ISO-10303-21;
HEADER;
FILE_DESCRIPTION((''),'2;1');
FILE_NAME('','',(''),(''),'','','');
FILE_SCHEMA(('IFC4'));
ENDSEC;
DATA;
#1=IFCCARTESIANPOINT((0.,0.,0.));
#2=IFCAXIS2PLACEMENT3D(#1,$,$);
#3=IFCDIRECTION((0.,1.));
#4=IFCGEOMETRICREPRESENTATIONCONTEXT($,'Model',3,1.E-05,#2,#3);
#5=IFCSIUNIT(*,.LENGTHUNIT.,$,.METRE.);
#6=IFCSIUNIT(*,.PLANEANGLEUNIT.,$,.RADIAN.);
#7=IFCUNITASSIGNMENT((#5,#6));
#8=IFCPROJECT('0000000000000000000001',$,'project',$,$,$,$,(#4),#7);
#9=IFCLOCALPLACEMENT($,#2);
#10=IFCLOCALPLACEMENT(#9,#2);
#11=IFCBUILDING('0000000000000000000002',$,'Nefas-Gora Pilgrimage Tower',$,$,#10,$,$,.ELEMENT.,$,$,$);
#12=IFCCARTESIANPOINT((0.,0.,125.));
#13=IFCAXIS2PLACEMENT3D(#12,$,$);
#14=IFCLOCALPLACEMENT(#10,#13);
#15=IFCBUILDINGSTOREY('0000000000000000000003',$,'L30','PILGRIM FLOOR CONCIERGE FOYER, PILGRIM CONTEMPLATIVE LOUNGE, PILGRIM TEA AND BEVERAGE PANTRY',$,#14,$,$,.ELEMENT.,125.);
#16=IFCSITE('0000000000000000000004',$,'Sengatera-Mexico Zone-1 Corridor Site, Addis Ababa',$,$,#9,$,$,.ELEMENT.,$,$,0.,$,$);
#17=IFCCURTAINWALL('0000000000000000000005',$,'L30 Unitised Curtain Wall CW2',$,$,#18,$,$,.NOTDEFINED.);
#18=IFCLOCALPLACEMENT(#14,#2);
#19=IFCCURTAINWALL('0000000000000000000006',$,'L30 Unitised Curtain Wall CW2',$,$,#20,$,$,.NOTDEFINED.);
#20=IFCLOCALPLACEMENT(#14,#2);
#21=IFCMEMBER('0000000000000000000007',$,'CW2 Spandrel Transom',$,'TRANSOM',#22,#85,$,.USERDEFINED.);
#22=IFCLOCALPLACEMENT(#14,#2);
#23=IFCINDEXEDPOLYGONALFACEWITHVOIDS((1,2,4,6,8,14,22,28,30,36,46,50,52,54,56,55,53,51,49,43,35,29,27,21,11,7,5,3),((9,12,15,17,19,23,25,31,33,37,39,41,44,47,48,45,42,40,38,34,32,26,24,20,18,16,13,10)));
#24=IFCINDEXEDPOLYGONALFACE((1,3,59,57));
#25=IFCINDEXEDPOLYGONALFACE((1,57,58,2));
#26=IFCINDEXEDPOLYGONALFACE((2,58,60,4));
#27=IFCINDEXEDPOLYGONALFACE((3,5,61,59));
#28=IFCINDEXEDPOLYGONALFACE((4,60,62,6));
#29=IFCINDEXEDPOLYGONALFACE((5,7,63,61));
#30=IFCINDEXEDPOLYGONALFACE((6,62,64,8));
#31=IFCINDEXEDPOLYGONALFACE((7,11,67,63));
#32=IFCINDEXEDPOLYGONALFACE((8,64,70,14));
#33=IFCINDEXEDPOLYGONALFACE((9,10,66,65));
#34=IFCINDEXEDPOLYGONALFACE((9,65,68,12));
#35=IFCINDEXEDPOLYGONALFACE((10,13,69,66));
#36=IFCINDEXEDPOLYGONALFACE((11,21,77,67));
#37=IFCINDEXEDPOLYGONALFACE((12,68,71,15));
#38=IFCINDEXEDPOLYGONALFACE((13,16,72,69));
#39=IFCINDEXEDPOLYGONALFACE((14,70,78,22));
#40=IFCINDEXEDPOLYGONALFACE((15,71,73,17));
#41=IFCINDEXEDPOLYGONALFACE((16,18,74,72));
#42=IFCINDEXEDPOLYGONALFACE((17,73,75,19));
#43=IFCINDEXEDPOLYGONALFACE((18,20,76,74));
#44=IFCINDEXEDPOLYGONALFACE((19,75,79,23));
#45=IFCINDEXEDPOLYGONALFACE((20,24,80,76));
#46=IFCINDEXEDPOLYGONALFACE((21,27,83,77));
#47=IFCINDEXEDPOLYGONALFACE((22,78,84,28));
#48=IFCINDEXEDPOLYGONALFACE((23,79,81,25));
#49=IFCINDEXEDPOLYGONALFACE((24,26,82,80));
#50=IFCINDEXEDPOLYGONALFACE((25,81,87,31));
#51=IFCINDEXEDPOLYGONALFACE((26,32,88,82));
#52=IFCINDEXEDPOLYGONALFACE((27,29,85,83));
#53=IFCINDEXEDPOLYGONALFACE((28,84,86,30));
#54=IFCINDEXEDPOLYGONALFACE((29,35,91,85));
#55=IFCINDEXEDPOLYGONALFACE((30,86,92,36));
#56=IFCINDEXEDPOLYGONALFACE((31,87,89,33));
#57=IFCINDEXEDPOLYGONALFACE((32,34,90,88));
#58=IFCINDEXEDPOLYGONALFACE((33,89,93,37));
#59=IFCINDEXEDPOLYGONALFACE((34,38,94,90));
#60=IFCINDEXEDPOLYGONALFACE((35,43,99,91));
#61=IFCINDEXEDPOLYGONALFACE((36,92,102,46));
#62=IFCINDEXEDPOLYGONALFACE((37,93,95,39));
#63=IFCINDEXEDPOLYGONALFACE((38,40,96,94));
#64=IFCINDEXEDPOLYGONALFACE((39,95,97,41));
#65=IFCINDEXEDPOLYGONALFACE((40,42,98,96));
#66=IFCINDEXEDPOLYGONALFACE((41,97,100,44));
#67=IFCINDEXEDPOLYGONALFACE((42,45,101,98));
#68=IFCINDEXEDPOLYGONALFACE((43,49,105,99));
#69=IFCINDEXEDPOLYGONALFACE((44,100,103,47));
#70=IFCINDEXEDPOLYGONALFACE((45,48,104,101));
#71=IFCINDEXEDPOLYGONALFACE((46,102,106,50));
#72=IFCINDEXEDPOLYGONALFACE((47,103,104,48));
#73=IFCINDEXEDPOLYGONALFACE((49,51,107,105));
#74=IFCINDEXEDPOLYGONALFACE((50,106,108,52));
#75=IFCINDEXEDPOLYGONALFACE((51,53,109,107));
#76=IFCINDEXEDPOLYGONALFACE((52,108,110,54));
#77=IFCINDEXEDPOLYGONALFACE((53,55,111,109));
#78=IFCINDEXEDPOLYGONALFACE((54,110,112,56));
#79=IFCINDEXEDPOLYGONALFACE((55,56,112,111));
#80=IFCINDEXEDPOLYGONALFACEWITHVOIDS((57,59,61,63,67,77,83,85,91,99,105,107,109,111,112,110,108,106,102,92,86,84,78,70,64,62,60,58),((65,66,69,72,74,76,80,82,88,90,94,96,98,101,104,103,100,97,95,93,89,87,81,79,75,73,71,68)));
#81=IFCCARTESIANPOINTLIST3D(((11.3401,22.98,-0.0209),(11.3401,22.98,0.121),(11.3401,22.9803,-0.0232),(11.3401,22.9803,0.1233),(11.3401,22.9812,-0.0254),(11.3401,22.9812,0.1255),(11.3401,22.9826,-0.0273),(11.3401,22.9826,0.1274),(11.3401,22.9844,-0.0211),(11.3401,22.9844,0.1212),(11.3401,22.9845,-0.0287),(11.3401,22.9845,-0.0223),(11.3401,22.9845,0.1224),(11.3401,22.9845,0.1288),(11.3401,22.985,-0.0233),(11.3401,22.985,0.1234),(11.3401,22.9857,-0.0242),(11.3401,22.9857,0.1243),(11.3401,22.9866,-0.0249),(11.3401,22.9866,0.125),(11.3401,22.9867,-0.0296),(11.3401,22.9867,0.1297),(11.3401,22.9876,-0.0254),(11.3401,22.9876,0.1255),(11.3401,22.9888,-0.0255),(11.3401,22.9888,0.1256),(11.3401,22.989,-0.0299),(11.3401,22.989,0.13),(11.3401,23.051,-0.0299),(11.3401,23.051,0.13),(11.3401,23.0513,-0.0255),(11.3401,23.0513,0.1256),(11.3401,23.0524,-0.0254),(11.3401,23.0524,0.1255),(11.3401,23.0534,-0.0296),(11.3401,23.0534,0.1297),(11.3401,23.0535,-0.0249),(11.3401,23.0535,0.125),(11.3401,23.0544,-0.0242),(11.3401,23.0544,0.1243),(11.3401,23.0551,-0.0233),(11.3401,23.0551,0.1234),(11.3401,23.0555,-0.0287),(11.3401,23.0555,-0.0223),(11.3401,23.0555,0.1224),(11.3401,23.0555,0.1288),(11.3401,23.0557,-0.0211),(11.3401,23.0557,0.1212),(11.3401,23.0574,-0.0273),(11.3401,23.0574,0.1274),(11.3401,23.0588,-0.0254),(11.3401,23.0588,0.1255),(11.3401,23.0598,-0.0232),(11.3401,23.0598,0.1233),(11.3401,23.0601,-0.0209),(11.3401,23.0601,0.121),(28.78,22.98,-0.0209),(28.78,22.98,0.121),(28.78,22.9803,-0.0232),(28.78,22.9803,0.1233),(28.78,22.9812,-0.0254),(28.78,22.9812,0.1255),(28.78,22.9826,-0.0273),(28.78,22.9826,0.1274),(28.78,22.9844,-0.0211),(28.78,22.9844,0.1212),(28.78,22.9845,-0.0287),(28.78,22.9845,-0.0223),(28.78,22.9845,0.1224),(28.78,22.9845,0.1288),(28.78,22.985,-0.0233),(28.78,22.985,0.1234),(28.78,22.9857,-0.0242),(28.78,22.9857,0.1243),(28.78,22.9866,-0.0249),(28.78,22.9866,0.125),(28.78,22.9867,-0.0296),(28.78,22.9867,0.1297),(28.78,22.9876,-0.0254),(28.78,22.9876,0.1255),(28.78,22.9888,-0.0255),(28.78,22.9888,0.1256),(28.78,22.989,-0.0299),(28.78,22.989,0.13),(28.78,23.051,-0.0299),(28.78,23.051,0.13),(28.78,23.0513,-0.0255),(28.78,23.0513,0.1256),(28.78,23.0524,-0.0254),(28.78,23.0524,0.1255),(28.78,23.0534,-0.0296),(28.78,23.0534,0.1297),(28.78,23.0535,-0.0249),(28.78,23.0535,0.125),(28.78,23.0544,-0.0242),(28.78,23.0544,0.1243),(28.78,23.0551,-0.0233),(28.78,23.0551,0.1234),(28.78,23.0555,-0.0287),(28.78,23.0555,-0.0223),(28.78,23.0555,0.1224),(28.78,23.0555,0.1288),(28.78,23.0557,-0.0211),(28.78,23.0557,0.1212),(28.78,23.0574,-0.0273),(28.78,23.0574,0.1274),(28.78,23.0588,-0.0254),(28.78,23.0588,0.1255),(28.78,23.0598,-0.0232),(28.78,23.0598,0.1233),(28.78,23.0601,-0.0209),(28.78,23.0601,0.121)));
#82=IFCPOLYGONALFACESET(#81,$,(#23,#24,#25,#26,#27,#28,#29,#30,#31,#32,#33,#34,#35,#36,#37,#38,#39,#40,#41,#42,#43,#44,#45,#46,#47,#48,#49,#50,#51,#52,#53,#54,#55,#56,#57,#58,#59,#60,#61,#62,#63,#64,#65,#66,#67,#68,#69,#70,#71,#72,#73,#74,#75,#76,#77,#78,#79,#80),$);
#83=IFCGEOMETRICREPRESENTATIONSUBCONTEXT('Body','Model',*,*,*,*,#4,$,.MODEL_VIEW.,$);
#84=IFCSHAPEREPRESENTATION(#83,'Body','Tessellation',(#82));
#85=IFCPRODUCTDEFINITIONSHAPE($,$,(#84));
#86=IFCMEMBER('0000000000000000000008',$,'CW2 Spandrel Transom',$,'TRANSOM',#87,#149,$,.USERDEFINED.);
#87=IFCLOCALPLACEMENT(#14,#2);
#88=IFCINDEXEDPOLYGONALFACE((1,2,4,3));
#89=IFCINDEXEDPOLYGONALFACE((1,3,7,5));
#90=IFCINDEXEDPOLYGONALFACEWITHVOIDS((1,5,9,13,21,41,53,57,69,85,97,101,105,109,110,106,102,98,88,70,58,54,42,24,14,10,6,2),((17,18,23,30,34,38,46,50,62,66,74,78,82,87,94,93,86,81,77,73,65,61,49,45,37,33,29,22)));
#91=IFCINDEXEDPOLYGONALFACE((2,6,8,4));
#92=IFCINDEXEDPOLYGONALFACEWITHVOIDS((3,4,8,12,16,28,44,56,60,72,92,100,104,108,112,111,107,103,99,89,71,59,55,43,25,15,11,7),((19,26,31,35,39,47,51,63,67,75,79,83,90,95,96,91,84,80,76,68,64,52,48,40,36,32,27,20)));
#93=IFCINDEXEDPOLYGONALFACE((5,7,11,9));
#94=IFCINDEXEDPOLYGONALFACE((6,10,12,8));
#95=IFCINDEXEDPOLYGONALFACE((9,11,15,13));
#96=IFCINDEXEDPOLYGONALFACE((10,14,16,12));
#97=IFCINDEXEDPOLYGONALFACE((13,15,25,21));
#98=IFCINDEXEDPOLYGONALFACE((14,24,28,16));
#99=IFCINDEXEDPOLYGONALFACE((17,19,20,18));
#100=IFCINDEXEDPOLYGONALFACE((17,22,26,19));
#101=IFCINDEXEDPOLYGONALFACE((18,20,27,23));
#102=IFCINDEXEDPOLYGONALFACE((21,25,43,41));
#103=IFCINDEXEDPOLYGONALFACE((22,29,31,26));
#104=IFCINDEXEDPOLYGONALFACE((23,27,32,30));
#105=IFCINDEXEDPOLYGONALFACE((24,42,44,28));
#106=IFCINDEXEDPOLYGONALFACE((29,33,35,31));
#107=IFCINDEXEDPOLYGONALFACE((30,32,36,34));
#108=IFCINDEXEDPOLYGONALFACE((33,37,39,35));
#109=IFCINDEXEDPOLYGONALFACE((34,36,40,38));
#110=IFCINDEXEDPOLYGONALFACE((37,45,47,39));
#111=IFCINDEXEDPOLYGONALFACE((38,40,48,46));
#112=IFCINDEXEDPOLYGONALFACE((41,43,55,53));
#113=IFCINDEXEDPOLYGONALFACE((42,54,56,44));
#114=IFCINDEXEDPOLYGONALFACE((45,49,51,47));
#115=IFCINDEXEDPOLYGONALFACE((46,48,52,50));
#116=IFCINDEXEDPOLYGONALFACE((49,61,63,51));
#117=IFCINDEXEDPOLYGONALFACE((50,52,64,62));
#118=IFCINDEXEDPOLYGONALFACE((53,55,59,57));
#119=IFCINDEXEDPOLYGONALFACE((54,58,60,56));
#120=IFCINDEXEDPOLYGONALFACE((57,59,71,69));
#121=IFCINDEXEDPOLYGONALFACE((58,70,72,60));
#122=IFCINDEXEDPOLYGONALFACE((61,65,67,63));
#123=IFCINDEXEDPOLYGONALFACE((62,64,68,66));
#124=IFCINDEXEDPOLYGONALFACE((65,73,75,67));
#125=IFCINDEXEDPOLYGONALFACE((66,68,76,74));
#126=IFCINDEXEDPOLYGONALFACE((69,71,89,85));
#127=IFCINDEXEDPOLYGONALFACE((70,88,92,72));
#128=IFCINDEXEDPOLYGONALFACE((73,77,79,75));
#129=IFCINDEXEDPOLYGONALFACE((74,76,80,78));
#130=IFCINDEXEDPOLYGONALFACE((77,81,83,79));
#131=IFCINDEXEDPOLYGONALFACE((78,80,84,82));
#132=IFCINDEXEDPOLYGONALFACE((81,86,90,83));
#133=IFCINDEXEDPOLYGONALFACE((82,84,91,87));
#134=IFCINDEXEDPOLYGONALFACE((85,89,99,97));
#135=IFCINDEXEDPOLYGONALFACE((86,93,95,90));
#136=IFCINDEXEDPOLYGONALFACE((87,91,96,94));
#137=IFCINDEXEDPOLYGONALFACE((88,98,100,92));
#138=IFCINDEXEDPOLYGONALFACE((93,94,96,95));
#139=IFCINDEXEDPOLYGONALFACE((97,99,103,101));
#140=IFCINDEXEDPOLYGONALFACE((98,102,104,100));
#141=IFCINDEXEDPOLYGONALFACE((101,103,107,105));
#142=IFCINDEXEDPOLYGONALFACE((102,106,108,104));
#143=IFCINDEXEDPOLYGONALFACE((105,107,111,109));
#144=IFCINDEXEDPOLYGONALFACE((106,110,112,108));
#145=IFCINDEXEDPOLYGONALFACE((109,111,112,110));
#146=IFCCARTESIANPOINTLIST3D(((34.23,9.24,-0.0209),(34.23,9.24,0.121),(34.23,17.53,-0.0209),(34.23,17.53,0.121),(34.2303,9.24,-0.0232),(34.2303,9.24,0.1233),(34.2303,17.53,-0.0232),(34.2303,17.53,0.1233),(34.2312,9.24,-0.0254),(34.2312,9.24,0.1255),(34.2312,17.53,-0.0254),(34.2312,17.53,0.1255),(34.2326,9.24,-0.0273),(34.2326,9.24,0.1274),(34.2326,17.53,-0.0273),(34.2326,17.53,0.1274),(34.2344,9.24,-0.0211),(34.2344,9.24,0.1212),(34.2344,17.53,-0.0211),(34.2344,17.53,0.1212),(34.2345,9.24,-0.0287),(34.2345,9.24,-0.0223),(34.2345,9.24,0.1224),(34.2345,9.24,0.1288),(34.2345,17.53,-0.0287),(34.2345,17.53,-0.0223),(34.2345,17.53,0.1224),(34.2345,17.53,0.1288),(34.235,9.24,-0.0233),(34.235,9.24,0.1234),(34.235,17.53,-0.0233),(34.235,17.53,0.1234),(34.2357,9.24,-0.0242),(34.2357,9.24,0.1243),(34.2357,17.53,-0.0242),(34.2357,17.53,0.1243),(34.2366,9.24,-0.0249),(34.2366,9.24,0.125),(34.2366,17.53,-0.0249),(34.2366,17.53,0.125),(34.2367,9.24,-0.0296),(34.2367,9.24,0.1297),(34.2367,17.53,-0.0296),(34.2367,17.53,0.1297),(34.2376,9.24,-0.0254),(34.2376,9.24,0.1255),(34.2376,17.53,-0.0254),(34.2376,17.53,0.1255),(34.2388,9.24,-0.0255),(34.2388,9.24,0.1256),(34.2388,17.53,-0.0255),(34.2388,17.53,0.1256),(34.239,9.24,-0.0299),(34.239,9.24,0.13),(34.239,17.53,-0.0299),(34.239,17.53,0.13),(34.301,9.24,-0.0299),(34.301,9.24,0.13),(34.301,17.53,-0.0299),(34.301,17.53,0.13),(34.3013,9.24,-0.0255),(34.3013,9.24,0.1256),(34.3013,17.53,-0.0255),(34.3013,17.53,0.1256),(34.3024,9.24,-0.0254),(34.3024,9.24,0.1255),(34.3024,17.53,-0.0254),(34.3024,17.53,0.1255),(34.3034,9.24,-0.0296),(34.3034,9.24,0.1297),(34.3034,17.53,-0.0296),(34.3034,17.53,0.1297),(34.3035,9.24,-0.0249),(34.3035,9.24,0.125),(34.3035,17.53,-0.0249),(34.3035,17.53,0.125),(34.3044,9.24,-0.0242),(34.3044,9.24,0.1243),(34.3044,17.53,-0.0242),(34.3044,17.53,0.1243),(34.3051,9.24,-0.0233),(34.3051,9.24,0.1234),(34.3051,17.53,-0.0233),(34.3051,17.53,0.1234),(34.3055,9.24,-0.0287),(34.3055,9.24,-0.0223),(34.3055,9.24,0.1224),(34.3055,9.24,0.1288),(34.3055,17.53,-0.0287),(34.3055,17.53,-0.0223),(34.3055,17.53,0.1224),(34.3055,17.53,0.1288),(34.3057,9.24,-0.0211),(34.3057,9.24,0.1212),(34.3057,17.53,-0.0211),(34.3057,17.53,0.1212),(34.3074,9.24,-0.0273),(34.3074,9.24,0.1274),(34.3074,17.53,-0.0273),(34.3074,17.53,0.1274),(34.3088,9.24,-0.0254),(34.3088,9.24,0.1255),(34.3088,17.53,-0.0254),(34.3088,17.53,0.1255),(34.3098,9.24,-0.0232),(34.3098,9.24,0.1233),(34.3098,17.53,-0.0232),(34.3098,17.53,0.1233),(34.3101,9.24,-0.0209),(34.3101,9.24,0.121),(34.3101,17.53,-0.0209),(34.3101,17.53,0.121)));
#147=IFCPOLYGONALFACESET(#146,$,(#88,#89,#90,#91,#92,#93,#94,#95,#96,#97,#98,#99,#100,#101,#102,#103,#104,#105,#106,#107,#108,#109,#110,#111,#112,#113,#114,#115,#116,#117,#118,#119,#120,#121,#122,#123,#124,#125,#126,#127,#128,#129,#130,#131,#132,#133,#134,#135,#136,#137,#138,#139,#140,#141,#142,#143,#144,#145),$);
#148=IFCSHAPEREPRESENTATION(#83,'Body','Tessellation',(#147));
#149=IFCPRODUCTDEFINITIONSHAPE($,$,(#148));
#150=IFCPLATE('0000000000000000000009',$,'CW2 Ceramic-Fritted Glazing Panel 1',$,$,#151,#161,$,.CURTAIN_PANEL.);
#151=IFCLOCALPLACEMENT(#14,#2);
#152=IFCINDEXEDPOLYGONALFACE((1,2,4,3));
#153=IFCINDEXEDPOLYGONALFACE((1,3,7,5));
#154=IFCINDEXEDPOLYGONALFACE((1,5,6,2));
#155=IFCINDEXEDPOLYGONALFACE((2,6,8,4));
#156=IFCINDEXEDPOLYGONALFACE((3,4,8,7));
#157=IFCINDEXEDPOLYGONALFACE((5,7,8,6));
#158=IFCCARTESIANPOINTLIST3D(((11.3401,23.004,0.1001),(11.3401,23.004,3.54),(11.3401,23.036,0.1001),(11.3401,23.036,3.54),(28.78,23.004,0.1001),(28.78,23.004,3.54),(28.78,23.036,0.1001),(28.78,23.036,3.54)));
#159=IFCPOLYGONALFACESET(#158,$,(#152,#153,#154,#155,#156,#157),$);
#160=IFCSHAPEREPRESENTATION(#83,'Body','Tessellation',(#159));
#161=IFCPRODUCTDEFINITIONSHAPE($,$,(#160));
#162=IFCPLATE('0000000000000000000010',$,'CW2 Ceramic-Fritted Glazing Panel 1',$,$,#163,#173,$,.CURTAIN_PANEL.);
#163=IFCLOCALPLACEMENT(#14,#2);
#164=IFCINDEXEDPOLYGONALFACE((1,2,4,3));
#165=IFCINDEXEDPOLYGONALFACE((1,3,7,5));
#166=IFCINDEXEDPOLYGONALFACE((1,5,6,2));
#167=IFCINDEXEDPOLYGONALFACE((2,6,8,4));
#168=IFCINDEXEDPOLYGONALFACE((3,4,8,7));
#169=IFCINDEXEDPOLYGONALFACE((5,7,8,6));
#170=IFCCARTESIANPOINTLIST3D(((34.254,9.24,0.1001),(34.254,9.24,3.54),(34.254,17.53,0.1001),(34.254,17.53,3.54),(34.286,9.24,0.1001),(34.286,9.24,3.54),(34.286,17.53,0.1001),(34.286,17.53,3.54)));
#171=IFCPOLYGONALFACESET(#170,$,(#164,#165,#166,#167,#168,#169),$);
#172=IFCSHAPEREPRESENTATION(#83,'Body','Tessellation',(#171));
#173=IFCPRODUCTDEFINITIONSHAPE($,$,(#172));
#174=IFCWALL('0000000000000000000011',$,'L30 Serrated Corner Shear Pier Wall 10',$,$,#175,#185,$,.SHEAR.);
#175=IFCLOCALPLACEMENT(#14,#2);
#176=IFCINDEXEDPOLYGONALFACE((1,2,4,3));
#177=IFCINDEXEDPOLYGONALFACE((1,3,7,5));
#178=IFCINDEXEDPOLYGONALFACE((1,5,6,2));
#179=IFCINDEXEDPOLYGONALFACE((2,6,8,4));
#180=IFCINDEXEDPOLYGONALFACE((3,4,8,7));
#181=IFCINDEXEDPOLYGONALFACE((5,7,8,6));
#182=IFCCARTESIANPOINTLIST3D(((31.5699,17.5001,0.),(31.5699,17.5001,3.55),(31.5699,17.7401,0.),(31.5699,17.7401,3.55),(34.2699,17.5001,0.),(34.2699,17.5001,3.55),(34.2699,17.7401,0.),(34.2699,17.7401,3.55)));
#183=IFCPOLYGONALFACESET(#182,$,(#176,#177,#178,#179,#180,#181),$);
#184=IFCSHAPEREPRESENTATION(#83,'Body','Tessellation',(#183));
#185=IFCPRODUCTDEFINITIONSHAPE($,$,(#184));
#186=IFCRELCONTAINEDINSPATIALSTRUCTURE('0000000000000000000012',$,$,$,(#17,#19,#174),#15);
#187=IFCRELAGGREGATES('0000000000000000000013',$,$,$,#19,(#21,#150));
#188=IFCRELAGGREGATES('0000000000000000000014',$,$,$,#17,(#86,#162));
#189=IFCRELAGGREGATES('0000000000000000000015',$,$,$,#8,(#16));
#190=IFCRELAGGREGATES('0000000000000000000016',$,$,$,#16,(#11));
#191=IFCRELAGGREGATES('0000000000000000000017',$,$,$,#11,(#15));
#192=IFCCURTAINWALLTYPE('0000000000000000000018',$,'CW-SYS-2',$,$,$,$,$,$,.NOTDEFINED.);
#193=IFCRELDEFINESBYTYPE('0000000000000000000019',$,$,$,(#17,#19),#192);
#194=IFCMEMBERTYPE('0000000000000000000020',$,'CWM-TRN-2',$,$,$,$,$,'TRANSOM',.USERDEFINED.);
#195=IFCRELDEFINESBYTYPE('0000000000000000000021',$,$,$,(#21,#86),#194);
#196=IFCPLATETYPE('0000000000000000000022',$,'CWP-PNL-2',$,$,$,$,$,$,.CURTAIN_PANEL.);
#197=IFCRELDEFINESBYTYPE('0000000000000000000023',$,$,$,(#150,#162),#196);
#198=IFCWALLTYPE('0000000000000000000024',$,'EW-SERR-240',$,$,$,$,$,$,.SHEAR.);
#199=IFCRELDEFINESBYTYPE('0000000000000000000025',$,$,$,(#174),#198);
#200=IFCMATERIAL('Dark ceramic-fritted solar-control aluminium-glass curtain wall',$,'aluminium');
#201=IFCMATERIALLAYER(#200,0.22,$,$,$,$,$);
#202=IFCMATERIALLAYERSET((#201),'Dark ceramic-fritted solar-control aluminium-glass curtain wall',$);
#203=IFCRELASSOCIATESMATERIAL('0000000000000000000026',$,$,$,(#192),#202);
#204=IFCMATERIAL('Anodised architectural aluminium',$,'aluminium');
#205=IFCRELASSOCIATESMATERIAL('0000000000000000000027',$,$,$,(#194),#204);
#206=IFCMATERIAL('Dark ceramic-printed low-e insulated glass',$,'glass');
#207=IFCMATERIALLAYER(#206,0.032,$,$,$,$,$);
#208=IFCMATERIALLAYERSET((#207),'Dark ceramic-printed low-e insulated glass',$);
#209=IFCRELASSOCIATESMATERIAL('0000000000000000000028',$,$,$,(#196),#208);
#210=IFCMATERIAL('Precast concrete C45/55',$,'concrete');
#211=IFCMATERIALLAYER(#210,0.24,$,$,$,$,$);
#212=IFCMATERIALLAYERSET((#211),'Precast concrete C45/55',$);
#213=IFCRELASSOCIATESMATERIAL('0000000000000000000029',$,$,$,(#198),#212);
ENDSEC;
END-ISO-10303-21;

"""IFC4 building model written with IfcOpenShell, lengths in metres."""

from ifc_helpers import new_model, si_unit, direction, frame, frame_2d, origin, origin_2d, place, context, subcontext, project, spatial, rectangle, hollow_rectangle, extrude, source, transform, mapped, material, layer, layer_set, material_profile, profile_set, type_object, element, aggregate, save


model = new_model("IFC4")

# Units and contexts
model_context = context("Model", 3, precision=1e-05, world=origin(), true_north=direction((0.0, 1.0)))
body_context = subcontext(model_context, "Body", "Model", "MODEL_VIEW")
ifc_project = project(units=[si_unit("LENGTHUNIT", "METRE"), si_unit("PLANEANGLEUNIT", "RADIAN")], contexts=[model_context])

# Site, building, storey
site_placement = place(None, origin())
site = spatial("IfcSite", under=ifc_project, at=site_placement, Name="Sengatera-Mexico Zone-1 Corridor Site, Addis Ababa", CompositionType="ELEMENT", RefElevation=0.0)
building_placement = place(site_placement, origin())
building = spatial("IfcBuilding", under=site, at=building_placement, Name="Nefas-Gora Pilgrimage Tower", CompositionType="ELEMENT")
storey_placement = place(building_placement, frame((0.0, 0.0, 125.0)))
storey = spatial("IfcBuildingStorey", under=building, at=storey_placement, Name="L30", Description="PILGRIM FLOOR CONCIERGE FOYER, PILGRIM CONTEMPLATIVE LOUNGE, PILGRIM TEA AND BEVERAGE PANTRY", CompositionType="ELEMENT", Elevation=125.0)

# Curtain wall
ifc_material_1 = material(Name="Dark ceramic-fritted solar-control aluminium-glass curtain wall", Category="aluminium")
ifc_layer_1 = layer(ifc_material_1, 0.22)
ifc_layer_set_1 = layer_set([ifc_layer_1], Name="Dark ceramic-fritted solar-control aluminium-glass curtain wall")
curtain_wall_type = type_object("IfcCurtainWallType", Name="CW-SYS-2", PredefinedType="NOTDEFINED", material=ifc_layer_set_1)
curtain_wall_1_placement = place(storey_placement, origin())
curtain_wall_1 = element("IfcCurtainWall", 1, at=curtain_wall_1_placement, inside=storey, type_object=curtain_wall_type, Name="L30 Unitised Curtain Wall CW2", PredefinedType="NOTDEFINED")
ifc_material_2 = material(Name="Anodised architectural aluminium", Category="aluminium")

# Curtain wall, member
curtain_wall_2_placement = place(storey_placement, origin())
curtain_wall_2 = element("IfcCurtainWall", 2, at=curtain_wall_2_placement, inside=storey, type_object=curtain_wall_type, Name="L30 Unitised Curtain Wall CW2", PredefinedType="NOTDEFINED")
ifc_material_profile_1 = material_profile(ifc_material_2, hollow_rectangle(XDim=0.0801, YDim=0.1599, WallThickness=0.0044, InnerFilletRadius=0.0044, OuterFilletRadius=0.009, at=origin_2d()), Name="ALU TRANSOM 80x160")
ifc_profile_set_1 = profile_set([ifc_material_profile_1], Name="Anodised architectural aluminium")
member_type_1 = type_object("IfcMemberType", Name="CWM-TRN-2", ElementType="TRANSOM", PredefinedType="USERDEFINED", material=ifc_profile_set_1)
shared_shape_1 = source(origin(), body_context, "Body", "SweptSolid", [
    extrude(hollow_rectangle(XDim=0.0801, YDim=0.1599, WallThickness=0.0044, InnerFilletRadius=0.0044, OuterFilletRadius=0.009, at=origin_2d()), origin(), (0.0, 0.0, 1.0), 17.4399),
])
member_1_placement = place(storey_placement, frame((28.78, 23.02, 0.05), z_axis=(-1.0, 0.0, 0.0), x_axis=(0.0, -1.0, 0.0)))
member_1 = element("IfcMember", 3, at=member_1_placement, type_object=member_type_1, Name="CW2 Spandrel Transom", ObjectType="TRANSOM", PredefinedType="USERDEFINED", context=body_context, shape_type="MappedRepresentation", body=[
    mapped(shared_shape_1, transform((0.0, 0.0, 0.0), x_axis=(1.0, 0.0, 0.0), y_axis=(0.0, 1.0, 0.0), z_axis=(0.0, 0.0, 1.0), scale=1.0)),
])

# Member
shared_shape_2 = source(origin(), body_context, "Body", "SweptSolid", [
    extrude(hollow_rectangle(XDim=0.0801, YDim=0.1599, WallThickness=0.0044, InnerFilletRadius=0.0044, OuterFilletRadius=0.009, at=origin_2d()), origin(), (0.0, 0.0, 1.0), 8.29),
])
member_2_placement = place(storey_placement, frame((34.27, 9.24, 0.05), z_axis=(0.0, 1.0, 0.0), x_axis=(-1.0, 0.0, 0.0)))
member_2 = element("IfcMember", 4, at=member_2_placement, type_object=member_type_1, Name="CW2 Spandrel Transom", ObjectType="TRANSOM", PredefinedType="USERDEFINED", context=body_context, shape_type="MappedRepresentation", body=[
    mapped(shared_shape_2, transform((0.0, 0.0, 0.0), x_axis=(1.0, 0.0, 0.0), y_axis=(0.0, 1.0, 0.0), z_axis=(0.0, 0.0, 1.0), scale=1.0)),
])

# Plates
ifc_material_3 = material(Name="Dark ceramic-printed low-e insulated glass", Category="glass")
ifc_layer_2 = layer(ifc_material_3, 0.032)
ifc_layer_set_2 = layer_set([ifc_layer_2], Name="Dark ceramic-printed low-e insulated glass")
plate_type = type_object("IfcPlateType", Name="CWP-PNL-2", PredefinedType="CURTAIN_PANEL", material=ifc_layer_set_2)
shared_shape_3 = source(origin(), body_context, "Body", "SweptSolid", [
    extrude(rectangle(XDim=17.4399, YDim=0.032, at=origin_2d()), origin(), (0.0, 0.0, 1.0), 3.4399),
])
plate_1_placement = place(storey_placement, frame((20.0601, 23.02, 0.1001), z_axis=(0.0, 0.0, 1.0), x_axis=(-1.0, 0.0, 0.0)))
plate_1 = element("IfcPlate", 5, at=plate_1_placement, type_object=plate_type, Name="CW2 Ceramic-Fritted Glazing Panel 1", PredefinedType="CURTAIN_PANEL", context=body_context, shape_type="MappedRepresentation", body=[
    mapped(shared_shape_3, transform((0.0, 0.0, 0.0), x_axis=(1.0, 0.0, 0.0), y_axis=(0.0, 1.0, 0.0), z_axis=(0.0, 0.0, 1.0), scale=1.0)),
])
aggregate(curtain_wall_2, [member_1, plate_1])
shared_shape_4 = source(origin(), body_context, "Body", "SweptSolid", [
    extrude(rectangle(XDim=8.29, YDim=0.032, at=origin_2d()), origin(), (0.0, 0.0, 1.0), 3.4399),
])
plate_2_placement = place(storey_placement, frame((34.27, 13.385, 0.1001), z_axis=(0.0, 0.0, 1.0), x_axis=(0.0, 1.0, 0.0)))
plate_2 = element("IfcPlate", 6, at=plate_2_placement, type_object=plate_type, Name="CW2 Ceramic-Fritted Glazing Panel 1", PredefinedType="CURTAIN_PANEL", context=body_context, shape_type="MappedRepresentation", body=[
    mapped(shared_shape_4, transform((0.0, 0.0, 0.0), x_axis=(1.0, 0.0, 0.0), y_axis=(0.0, 1.0, 0.0), z_axis=(0.0, 0.0, 1.0), scale=1.0)),
])
aggregate(curtain_wall_1, [member_2, plate_2])

# Wall
ifc_material_4 = material(Name="Precast concrete C45/55", Category="concrete")
ifc_layer_3 = layer(ifc_material_4, 0.24)
ifc_layer_set_3 = layer_set([ifc_layer_3], Name="Precast concrete C45/55")
wall_type = type_object("IfcWallType", Name="EW-SERR-240", PredefinedType="SHEAR", material=ifc_layer_set_3)
shared_shape_5 = source(origin(), body_context, "Body", "SweptSolid", [
    extrude(rectangle(XDim=2.7, YDim=0.24, at=frame_2d((1.3501, 0.0))), origin(), (0.0, 0.0, 1.0), 3.55),
])
for number, where, z_axis, x_axis, name in (
    (7, (34.27, 17.6201, 0.0), (0.0, 0.0, 1.0), (-1.0, 0.0, 0.0), "L30 Serrated Corner Shear Pier Wall 10"),
):
    element("IfcWall", number, at=place(storey_placement, frame(where, z_axis=z_axis, x_axis=x_axis)), inside=storey, type_object=wall_type, Name=name, PredefinedType="SHEAR", context=body_context, shape_type="MappedRepresentation", body=[
        mapped(shared_shape_5, transform((0.0, 0.0, 0.0), x_axis=(1.0, 0.0, 0.0), y_axis=(0.0, 1.0, 0.0), z_axis=(0.0, 0.0, 1.0), scale=1.0)),
    ])

save(model, "model.ifc")
